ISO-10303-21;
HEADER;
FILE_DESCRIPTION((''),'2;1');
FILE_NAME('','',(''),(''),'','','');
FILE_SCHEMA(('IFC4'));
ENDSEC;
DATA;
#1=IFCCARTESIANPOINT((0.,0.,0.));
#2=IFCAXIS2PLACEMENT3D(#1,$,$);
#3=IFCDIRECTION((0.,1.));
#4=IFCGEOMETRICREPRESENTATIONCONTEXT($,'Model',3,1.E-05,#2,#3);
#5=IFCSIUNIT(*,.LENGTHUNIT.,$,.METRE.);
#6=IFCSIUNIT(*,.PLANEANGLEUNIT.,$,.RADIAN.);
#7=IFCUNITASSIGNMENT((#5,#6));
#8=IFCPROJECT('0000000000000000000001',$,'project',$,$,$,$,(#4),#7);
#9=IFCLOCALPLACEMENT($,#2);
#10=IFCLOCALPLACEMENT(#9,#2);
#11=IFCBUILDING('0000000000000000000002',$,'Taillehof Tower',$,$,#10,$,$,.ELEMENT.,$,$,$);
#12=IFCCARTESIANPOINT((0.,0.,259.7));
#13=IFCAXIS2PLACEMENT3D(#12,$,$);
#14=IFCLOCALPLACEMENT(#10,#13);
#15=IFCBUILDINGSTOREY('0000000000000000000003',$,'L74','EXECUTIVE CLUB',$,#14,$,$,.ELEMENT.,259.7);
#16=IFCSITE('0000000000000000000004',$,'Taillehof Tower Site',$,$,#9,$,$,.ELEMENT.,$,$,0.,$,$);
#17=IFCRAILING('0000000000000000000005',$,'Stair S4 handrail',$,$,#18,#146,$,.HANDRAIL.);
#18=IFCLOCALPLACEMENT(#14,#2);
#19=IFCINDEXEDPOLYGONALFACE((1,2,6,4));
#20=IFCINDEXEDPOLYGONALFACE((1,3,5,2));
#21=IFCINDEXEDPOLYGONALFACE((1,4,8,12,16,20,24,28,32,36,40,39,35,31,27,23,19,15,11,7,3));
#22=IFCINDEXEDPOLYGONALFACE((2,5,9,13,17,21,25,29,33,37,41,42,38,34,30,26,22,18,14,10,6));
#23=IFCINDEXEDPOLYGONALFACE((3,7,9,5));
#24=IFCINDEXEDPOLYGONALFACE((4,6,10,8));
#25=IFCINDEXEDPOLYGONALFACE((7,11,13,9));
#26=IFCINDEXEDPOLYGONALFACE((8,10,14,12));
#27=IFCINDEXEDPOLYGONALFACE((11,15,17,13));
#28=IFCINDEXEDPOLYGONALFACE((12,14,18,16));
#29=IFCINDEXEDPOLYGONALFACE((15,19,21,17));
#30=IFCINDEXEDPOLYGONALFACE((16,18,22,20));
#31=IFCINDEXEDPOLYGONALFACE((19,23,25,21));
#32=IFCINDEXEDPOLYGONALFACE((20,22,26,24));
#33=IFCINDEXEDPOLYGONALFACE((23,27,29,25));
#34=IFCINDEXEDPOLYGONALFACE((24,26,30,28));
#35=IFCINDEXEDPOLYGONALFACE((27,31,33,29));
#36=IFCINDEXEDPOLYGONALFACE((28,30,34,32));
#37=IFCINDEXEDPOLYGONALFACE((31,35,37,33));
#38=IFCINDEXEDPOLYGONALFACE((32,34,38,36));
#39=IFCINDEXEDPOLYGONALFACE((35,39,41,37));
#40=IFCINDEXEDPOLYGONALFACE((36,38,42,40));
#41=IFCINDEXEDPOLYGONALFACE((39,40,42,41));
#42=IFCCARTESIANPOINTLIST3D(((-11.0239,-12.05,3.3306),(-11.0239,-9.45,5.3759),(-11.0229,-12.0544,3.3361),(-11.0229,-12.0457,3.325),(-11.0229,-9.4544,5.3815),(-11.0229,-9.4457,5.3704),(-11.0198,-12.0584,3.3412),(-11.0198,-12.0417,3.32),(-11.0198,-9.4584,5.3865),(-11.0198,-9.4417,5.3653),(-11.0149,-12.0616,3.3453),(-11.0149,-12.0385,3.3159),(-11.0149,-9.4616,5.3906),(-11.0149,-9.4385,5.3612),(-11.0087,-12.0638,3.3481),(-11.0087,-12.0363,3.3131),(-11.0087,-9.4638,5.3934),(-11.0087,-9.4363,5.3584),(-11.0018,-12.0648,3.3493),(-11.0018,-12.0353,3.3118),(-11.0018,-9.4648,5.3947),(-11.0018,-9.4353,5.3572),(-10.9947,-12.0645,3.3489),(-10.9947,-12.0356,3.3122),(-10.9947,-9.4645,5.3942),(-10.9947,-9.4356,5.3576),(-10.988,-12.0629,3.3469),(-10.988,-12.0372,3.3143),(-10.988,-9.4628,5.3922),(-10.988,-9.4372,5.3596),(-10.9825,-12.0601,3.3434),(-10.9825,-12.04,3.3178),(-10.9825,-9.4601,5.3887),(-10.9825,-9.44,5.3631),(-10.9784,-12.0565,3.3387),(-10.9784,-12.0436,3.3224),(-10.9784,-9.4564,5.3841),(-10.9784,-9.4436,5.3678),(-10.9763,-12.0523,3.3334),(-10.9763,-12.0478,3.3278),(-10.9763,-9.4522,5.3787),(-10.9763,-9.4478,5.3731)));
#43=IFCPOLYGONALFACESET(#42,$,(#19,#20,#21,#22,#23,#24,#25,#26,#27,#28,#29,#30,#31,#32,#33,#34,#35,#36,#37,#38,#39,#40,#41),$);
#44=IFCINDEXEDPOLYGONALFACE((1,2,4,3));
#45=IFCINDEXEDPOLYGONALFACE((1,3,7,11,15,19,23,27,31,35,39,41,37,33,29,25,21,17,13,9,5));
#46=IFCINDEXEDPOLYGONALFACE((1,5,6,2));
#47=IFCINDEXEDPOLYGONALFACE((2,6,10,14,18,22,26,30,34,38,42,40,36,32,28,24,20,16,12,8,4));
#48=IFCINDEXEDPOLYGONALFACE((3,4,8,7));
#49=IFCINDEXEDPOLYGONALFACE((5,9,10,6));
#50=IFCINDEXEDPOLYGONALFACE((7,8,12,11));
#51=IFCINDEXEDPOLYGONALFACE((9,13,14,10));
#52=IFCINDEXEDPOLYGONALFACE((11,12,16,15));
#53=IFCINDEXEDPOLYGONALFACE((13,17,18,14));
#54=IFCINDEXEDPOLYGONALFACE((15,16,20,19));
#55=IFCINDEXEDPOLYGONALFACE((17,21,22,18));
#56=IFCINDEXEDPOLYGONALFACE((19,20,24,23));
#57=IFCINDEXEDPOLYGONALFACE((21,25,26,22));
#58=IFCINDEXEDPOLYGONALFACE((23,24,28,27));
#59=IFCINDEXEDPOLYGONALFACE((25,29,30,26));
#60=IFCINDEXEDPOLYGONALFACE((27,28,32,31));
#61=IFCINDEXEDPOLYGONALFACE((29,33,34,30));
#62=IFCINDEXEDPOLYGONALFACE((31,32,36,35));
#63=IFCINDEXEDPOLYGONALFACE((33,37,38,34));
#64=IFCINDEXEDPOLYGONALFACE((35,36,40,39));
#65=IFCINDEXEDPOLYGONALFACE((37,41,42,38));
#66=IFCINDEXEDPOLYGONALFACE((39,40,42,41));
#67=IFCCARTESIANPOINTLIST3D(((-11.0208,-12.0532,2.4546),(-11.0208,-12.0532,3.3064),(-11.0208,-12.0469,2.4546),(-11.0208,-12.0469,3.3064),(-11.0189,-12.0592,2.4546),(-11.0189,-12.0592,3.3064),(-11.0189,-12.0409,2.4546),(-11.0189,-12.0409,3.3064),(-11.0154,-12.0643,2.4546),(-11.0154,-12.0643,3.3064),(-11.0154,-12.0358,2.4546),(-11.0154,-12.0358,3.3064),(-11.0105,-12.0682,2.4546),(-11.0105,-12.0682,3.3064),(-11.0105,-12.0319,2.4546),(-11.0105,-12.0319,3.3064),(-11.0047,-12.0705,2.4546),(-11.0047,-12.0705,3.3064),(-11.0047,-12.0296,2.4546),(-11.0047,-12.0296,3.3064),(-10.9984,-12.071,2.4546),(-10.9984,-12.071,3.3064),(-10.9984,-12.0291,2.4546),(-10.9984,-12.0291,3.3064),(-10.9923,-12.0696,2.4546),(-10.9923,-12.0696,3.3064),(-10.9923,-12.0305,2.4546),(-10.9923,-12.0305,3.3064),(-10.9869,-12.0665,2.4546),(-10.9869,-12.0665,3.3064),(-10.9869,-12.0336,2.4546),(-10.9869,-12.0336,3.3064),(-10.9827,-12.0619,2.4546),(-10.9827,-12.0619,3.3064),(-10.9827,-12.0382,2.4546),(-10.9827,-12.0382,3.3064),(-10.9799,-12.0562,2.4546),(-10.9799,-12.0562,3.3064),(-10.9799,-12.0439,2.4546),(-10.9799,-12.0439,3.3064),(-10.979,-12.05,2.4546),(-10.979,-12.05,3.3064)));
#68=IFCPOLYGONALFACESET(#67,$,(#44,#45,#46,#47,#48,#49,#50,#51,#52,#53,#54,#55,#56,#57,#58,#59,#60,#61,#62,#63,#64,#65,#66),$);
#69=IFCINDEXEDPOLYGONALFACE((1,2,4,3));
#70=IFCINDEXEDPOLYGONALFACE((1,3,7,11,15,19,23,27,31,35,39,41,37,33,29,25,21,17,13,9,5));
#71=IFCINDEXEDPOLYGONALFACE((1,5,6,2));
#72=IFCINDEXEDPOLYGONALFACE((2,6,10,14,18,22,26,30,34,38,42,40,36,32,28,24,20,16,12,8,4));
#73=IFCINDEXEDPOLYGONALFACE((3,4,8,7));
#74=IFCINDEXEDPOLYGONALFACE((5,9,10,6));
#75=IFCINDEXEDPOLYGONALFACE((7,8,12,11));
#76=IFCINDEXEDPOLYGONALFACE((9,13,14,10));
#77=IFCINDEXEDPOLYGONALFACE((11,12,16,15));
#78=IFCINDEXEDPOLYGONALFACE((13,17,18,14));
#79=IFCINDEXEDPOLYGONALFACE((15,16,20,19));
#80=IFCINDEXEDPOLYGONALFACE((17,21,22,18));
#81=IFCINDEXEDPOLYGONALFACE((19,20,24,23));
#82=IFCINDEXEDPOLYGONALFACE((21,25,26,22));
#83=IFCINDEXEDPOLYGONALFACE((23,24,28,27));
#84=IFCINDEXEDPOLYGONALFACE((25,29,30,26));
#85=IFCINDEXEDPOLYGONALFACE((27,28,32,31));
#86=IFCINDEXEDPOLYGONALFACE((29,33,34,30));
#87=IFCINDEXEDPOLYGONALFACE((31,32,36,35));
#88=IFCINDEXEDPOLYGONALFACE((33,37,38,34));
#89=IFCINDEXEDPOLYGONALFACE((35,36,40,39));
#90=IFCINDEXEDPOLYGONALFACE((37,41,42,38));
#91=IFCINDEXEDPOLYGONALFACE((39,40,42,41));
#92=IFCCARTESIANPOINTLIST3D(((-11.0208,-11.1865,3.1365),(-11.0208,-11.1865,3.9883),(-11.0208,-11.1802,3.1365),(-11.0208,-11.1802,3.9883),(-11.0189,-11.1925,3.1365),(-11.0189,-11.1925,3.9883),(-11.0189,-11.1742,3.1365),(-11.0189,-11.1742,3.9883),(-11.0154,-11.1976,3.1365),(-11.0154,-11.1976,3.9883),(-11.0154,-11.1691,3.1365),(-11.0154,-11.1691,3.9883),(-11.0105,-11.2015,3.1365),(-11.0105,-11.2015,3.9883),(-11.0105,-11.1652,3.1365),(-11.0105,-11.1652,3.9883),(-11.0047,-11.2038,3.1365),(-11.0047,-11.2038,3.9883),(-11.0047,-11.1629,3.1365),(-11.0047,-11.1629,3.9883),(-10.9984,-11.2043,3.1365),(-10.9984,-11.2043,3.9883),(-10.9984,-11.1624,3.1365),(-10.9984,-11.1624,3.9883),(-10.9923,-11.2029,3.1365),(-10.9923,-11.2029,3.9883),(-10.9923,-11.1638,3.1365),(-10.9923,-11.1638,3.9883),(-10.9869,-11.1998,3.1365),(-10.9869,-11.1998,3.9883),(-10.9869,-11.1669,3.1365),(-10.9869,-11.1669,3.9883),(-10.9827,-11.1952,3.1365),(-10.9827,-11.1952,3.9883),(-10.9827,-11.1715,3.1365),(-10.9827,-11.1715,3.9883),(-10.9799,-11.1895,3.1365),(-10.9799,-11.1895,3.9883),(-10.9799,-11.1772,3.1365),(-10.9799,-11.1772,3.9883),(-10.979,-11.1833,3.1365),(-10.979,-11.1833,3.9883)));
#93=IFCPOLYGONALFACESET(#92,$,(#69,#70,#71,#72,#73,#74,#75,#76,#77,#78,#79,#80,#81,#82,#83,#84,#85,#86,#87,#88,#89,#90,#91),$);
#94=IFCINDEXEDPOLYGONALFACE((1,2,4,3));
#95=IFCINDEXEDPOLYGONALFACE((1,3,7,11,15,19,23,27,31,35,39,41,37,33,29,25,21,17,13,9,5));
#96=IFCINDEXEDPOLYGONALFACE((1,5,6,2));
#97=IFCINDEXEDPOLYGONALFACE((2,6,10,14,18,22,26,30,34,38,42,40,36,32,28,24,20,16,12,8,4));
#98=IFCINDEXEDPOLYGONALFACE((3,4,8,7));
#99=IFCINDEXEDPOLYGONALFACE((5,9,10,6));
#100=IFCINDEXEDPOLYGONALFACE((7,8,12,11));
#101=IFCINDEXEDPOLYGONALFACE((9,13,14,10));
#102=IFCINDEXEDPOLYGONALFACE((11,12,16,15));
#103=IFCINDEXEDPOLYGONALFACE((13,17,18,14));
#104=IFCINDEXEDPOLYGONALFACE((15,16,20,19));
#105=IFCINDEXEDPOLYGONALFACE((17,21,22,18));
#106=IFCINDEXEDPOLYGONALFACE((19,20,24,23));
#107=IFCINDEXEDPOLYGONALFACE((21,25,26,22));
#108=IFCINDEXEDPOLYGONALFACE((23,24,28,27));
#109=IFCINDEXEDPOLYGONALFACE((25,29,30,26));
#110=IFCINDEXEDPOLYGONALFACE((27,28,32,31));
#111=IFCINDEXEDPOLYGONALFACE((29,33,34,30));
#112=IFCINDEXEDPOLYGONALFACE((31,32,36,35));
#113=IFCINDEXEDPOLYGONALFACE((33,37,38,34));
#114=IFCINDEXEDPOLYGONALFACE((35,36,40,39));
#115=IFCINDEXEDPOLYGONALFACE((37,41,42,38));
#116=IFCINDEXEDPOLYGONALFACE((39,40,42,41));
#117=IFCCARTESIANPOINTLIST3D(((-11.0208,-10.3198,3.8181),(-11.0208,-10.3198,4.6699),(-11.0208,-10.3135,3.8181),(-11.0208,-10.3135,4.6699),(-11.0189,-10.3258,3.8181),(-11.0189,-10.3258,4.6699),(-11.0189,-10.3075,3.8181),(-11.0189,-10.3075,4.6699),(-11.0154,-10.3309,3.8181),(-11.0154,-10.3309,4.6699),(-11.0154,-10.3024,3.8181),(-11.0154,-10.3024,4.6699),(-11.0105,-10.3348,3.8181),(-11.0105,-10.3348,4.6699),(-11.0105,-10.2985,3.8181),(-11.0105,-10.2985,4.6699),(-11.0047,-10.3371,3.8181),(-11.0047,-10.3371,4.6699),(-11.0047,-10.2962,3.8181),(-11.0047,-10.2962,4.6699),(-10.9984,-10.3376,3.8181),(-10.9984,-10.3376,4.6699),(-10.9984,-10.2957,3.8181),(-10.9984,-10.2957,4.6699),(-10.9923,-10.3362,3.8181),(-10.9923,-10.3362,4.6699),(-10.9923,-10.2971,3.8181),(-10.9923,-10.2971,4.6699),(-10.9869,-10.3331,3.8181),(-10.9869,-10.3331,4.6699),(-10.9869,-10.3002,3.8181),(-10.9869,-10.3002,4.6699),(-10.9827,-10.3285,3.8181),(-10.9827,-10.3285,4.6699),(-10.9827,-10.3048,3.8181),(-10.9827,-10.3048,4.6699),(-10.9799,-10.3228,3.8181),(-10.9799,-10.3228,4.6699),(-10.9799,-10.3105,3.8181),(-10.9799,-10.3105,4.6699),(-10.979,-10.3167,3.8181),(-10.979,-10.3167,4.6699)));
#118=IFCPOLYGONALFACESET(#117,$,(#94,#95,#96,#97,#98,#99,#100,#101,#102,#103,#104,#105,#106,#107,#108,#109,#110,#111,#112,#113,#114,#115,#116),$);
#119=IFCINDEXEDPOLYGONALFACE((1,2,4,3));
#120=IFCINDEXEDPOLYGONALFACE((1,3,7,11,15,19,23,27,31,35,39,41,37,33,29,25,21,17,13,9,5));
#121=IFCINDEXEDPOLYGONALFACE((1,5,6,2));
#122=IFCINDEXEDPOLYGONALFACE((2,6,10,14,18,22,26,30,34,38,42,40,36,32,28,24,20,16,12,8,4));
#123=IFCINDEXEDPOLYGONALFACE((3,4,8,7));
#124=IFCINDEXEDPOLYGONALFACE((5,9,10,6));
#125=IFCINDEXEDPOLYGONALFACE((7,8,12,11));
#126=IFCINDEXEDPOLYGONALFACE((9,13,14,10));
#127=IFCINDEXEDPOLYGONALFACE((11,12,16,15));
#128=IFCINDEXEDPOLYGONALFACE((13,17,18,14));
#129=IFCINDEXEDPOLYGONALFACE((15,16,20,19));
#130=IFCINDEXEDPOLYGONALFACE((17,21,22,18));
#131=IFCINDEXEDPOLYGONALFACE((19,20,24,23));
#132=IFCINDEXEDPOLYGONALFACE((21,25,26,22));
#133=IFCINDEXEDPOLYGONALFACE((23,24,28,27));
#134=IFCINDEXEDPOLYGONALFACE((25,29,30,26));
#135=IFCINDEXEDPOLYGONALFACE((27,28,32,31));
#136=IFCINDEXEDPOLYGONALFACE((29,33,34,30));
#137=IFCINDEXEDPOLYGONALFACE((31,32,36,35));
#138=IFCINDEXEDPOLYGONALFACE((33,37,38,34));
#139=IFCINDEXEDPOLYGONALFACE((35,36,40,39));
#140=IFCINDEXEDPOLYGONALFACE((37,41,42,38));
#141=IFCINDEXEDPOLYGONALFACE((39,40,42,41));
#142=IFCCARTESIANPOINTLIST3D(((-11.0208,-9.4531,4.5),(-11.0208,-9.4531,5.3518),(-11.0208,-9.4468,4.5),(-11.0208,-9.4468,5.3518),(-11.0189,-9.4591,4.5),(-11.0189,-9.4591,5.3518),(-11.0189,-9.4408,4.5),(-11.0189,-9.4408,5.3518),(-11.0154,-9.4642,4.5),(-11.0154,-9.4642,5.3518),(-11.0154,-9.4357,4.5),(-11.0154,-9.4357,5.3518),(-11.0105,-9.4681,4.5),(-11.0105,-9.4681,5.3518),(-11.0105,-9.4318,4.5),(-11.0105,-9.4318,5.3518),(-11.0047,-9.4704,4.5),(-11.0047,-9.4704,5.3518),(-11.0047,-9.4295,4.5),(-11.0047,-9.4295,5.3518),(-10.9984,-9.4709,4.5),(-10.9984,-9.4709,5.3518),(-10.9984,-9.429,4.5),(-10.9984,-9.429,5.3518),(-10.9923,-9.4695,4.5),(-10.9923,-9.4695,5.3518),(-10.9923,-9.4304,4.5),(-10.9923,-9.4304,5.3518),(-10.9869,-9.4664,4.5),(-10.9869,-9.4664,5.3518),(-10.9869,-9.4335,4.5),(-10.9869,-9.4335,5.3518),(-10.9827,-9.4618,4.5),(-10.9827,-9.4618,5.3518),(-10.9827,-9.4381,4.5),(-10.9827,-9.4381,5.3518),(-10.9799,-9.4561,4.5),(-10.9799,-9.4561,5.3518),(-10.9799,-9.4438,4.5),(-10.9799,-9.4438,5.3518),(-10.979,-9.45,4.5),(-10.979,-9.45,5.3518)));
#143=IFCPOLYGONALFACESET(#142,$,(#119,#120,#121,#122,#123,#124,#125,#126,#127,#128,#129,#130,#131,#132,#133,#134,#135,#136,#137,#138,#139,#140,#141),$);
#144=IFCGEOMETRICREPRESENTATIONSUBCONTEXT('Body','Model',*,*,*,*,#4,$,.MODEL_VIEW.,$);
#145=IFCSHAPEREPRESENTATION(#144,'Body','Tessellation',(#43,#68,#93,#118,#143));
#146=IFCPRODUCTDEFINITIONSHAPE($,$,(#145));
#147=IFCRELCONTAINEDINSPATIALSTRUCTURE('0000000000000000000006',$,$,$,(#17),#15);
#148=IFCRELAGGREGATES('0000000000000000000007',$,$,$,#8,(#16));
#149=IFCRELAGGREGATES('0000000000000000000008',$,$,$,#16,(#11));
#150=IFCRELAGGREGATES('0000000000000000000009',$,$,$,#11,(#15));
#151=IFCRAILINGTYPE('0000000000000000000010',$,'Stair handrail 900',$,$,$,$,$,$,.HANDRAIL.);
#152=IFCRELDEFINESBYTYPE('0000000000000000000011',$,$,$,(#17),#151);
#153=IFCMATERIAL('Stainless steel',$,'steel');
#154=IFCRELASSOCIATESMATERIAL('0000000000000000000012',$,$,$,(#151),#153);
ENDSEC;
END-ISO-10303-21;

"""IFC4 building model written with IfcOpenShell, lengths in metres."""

from ifc_helpers import new_model, si_unit, direction, frame, origin, origin_2d, place, context, subcontext, project, spatial, circle, extrude, material, type_object, element, save


model = new_model("IFC4")

# Units and contexts
model_context = context("Model", 3, precision=1e-05, world=origin(), true_north=direction((0.0, 1.0)))
body_context = subcontext(model_context, "Body", "Model", "MODEL_VIEW")
ifc_project = project(units=[si_unit("LENGTHUNIT", "METRE"), si_unit("PLANEANGLEUNIT", "RADIAN")], contexts=[model_context])

# Site, building, storey
site_placement = place(None, origin())
site = spatial("IfcSite", under=ifc_project, at=site_placement, Name="Taillehof Tower Site", CompositionType="ELEMENT", RefElevation=0.0)
building_placement = place(site_placement, origin())
building = spatial("IfcBuilding", under=site, at=building_placement, Name="Taillehof Tower", CompositionType="ELEMENT")
storey_placement = place(building_placement, frame((0.0, 0.0, 259.7)))
storey = spatial("IfcBuildingStorey", under=building, at=storey_placement, Name="L74", Description="EXECUTIVE CLUB", CompositionType="ELEMENT", Elevation=259.7)

# Railing
ifc_material_1 = material(Name="Stainless steel", Category="steel")
railing_type_1 = type_object("IfcRailingType", Name="Stair handrail 900", PredefinedType="HANDRAIL", material=ifc_material_1)
railing_1_placement = place(storey_placement, frame((-11.0, -12.05, 2.4546)))
element("IfcRailing", 1, at=railing_1_placement, inside=storey, type_object=railing_type_1, Name="Stair S4 handrail", PredefinedType="HANDRAIL", context=body_context, shape_type="SweptSolid", body=[
    extrude(circle(Radius=0.0239, at=origin_2d()), frame((0.0, 0.0, 0.876), z_axis=(0.0, 0.785955, 0.618284), x_axis=(-1.0, 0.0, 0.0)), (0.0, 0.0, 1.0), 3.3081),
    extrude(circle(Radius=0.021, at=origin_2d()), origin(), (0.0, 0.0, 1.0), 0.8518),
    extrude(circle(Radius=0.021, at=origin_2d()), frame((0.0, 0.8667, 0.6819)), (0.0, 0.0, 1.0), 0.8518),
    extrude(circle(Radius=0.021, at=origin_2d()), frame((0.0, 1.7334, 1.3635)), (0.0, 0.0, 1.0), 0.8518),
    extrude(circle(Radius=0.021, at=origin_2d()), frame((0.0, 2.6001, 2.0454)), (0.0, 0.0, 1.0), 0.8518),
])

save(model, "model.ifc")
